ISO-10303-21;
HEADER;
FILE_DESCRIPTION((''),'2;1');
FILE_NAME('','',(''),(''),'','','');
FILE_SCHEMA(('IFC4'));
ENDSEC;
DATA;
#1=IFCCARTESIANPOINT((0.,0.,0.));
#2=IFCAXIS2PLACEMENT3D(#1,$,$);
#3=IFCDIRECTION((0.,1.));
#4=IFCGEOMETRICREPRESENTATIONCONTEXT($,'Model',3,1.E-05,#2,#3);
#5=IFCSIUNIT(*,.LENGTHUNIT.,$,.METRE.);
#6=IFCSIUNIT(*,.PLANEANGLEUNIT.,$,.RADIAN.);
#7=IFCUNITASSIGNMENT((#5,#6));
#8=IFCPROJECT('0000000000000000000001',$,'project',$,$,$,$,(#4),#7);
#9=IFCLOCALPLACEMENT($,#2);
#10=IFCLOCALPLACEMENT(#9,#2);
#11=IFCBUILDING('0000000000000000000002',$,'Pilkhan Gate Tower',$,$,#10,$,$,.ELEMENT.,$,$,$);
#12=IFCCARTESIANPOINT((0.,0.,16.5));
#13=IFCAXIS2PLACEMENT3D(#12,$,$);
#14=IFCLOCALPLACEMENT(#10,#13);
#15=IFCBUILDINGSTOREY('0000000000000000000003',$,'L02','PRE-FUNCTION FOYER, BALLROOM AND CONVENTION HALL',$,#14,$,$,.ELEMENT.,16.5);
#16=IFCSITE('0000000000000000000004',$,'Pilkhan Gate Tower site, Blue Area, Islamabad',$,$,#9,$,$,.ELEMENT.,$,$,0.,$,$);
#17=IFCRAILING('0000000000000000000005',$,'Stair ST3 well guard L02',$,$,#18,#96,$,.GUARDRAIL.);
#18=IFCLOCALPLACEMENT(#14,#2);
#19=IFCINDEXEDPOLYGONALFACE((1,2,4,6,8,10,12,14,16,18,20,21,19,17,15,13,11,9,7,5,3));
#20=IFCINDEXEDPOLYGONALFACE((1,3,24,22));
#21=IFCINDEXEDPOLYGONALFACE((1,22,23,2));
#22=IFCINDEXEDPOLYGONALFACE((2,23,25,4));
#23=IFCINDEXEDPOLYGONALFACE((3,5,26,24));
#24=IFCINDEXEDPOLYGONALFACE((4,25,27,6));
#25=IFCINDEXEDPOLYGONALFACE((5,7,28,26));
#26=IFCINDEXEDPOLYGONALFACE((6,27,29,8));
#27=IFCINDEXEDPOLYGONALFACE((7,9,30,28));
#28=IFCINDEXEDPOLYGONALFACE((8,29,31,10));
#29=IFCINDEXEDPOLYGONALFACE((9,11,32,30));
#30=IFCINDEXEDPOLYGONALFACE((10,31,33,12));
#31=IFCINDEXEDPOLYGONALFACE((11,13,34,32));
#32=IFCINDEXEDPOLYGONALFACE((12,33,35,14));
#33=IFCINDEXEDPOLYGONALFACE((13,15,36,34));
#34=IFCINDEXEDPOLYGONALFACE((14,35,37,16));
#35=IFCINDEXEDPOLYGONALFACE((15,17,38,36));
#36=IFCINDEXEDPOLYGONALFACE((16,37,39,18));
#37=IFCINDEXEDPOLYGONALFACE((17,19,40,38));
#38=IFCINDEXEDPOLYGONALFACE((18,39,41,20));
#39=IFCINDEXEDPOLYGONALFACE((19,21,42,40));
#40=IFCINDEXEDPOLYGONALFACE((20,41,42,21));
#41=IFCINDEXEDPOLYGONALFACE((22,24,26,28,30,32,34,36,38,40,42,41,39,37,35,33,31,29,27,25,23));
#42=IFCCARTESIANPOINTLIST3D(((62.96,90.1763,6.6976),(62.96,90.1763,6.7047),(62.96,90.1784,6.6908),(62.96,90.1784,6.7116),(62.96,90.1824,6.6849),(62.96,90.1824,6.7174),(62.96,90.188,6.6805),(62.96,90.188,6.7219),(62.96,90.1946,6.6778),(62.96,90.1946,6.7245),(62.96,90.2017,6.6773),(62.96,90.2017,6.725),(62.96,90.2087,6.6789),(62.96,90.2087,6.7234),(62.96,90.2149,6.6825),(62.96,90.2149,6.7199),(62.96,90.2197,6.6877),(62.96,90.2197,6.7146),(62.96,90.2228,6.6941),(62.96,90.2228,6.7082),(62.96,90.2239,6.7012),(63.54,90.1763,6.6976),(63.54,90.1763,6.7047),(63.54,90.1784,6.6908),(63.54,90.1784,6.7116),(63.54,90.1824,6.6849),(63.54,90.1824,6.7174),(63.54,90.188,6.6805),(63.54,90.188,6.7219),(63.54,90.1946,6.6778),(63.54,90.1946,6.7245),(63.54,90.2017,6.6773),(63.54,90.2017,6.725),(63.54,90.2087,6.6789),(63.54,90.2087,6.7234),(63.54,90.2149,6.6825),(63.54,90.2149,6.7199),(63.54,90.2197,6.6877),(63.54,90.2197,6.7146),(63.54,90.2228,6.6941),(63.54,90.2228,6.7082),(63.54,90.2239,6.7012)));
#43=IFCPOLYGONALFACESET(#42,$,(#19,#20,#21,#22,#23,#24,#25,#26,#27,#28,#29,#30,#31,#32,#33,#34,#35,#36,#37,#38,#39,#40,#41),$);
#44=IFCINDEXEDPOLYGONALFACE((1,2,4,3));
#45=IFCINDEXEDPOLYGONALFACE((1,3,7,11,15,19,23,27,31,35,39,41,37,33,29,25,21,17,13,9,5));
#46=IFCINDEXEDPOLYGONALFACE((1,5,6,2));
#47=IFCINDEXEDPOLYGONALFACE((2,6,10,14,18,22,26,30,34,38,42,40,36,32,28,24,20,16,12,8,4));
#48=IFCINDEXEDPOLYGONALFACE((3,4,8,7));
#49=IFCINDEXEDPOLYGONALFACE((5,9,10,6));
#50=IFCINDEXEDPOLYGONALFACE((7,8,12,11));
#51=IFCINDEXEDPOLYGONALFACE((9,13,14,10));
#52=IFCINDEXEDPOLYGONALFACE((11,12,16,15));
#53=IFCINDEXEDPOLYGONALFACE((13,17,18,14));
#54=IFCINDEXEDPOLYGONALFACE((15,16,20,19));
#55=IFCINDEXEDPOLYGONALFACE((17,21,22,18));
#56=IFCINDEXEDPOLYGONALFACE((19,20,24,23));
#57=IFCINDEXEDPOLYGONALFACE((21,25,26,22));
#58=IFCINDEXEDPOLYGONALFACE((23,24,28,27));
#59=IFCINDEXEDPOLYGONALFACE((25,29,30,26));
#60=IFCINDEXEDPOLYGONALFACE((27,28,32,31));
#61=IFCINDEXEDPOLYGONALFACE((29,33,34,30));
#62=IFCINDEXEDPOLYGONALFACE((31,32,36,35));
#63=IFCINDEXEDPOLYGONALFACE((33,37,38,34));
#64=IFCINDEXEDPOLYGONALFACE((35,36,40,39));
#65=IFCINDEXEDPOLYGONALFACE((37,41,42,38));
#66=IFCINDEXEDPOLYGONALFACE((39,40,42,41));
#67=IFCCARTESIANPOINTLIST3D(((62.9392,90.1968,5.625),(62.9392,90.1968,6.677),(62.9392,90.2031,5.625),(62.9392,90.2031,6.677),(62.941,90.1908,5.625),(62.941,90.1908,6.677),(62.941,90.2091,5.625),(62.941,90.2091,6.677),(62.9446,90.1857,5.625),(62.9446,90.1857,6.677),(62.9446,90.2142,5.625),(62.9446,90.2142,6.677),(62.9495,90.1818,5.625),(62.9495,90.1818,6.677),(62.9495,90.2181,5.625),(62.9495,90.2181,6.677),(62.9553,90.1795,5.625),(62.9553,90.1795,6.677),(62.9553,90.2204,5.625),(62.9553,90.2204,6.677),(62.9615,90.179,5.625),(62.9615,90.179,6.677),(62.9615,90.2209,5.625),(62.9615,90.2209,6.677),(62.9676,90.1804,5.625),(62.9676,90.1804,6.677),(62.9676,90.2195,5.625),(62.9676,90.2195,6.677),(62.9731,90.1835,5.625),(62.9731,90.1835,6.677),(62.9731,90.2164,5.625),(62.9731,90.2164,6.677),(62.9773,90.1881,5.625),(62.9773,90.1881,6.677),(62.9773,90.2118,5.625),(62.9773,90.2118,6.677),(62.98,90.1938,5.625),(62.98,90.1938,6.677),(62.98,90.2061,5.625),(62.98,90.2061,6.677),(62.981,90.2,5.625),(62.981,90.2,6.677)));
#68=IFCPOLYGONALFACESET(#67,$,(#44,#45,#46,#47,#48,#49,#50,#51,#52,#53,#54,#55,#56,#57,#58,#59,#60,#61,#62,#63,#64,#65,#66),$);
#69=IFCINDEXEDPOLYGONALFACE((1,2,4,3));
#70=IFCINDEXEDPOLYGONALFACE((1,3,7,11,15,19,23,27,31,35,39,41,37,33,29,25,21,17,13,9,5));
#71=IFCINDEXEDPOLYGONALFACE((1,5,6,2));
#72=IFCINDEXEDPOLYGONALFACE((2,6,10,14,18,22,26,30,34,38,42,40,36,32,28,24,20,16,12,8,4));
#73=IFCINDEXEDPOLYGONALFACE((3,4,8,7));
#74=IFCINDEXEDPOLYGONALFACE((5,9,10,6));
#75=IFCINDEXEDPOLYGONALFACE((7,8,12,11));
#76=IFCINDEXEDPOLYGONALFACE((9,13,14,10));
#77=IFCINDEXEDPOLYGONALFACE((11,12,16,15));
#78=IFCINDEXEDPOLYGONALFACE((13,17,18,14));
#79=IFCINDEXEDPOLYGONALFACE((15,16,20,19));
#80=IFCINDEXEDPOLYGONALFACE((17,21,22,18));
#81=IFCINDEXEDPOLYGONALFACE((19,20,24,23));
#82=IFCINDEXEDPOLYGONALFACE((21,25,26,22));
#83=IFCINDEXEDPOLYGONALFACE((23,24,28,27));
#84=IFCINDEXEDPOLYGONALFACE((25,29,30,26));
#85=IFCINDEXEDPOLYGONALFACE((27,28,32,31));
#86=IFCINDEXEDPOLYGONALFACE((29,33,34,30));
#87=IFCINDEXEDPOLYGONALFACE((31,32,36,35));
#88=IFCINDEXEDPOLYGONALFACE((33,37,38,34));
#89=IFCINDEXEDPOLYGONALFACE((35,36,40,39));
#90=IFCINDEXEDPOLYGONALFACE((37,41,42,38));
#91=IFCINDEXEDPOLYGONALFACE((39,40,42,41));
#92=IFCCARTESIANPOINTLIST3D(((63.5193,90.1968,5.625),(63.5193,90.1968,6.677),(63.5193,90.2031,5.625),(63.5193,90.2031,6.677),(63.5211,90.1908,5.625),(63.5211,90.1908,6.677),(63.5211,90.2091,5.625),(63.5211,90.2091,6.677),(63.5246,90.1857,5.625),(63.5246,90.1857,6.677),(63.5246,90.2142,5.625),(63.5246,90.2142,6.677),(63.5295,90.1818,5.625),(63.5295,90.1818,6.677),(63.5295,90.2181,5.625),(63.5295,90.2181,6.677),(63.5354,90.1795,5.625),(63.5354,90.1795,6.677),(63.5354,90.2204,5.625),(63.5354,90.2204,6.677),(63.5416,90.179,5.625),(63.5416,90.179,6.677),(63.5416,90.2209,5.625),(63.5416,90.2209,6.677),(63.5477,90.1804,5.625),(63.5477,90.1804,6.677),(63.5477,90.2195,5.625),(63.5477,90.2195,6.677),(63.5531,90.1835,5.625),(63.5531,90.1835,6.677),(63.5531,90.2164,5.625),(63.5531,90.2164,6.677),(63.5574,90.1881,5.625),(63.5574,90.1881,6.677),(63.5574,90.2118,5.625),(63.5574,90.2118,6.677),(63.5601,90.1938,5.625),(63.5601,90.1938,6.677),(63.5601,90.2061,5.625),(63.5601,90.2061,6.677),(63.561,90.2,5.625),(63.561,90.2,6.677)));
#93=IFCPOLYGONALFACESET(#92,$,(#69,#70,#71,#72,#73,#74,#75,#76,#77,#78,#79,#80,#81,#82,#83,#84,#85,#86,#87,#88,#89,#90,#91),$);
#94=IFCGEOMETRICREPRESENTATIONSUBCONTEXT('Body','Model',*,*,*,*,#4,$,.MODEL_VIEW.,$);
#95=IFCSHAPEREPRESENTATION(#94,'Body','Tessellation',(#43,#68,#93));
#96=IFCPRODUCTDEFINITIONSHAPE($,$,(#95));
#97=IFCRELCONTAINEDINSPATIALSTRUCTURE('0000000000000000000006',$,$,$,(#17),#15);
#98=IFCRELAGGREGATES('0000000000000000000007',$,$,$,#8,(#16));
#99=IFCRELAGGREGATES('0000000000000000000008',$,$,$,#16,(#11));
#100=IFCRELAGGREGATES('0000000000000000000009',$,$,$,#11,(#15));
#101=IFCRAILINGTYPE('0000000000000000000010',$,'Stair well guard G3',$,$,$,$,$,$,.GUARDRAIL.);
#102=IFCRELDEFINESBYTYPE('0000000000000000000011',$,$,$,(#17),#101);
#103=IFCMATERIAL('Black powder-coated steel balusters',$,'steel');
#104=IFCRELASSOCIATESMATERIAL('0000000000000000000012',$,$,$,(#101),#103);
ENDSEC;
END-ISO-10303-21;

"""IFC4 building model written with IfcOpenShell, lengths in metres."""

from ifc_helpers import new_model, si_unit, direction, frame, origin, origin_2d, place, context, subcontext, project, spatial, circle, extrude, material, type_object, element, save


model = new_model("IFC4")

# Units and contexts
model_context = context("Model", 3, precision=1e-05, world=origin(), true_north=direction((0.0, 1.0)))
body_context = subcontext(model_context, "Body", "Model", "MODEL_VIEW")
ifc_project = project(units=[si_unit("LENGTHUNIT", "METRE"), si_unit("PLANEANGLEUNIT", "RADIAN")], contexts=[model_context])

# Site, building, storey
site_placement = place(None, origin())
site = spatial("IfcSite", under=ifc_project, at=site_placement, Name="Pilkhan Gate Tower site, Blue Area, Islamabad", CompositionType="ELEMENT", RefElevation=0.0)
building_placement = place(site_placement, origin())
building = spatial("IfcBuilding", under=site, at=building_placement, Name="Pilkhan Gate Tower", CompositionType="ELEMENT")
storey_placement = place(building_placement, frame((0.0, 0.0, 16.5)))
storey = spatial("IfcBuildingStorey", under=building, at=storey_placement, Name="L02", Description="PRE-FUNCTION FOYER, BALLROOM AND CONVENTION HALL", CompositionType="ELEMENT", Elevation=16.5)

# Railing
ifc_material_1 = material(Name="Black powder-coated steel balusters", Category="steel")
railing_type_1 = type_object("IfcRailingType", Name="Stair well guard G3", PredefinedType="GUARDRAIL", material=ifc_material_1)
for number, where, name in (
    (1, (62.96, 90.2, 5.625), "Stair ST3 well guard L02"),
):
    element("IfcRailing", number, at=place(storey_placement, frame(where)), inside=storey, type_object=railing_type_1, Name=name, PredefinedType="GUARDRAIL", context=body_context, shape_type="SweptSolid", body=[
        extrude(circle(Radius=0.0239, at=origin_2d()), frame((0.0, 0.0, 1.0762), z_axis=(1.0, 0.0, 0.0), x_axis=(0.0, 1.0, 0.0)), (0.0, 0.0, 1.0), 0.5801),
        extrude(circle(Radius=0.021, at=origin_2d()), origin(), (0.0, 0.0, 1.0), 1.052),
        extrude(circle(Radius=0.021, at=origin_2d()), frame((0.5801, 0.0, 0.0)), (0.0, 0.0, 1.0), 1.052),
    ])

save(model, "model.ifc")
